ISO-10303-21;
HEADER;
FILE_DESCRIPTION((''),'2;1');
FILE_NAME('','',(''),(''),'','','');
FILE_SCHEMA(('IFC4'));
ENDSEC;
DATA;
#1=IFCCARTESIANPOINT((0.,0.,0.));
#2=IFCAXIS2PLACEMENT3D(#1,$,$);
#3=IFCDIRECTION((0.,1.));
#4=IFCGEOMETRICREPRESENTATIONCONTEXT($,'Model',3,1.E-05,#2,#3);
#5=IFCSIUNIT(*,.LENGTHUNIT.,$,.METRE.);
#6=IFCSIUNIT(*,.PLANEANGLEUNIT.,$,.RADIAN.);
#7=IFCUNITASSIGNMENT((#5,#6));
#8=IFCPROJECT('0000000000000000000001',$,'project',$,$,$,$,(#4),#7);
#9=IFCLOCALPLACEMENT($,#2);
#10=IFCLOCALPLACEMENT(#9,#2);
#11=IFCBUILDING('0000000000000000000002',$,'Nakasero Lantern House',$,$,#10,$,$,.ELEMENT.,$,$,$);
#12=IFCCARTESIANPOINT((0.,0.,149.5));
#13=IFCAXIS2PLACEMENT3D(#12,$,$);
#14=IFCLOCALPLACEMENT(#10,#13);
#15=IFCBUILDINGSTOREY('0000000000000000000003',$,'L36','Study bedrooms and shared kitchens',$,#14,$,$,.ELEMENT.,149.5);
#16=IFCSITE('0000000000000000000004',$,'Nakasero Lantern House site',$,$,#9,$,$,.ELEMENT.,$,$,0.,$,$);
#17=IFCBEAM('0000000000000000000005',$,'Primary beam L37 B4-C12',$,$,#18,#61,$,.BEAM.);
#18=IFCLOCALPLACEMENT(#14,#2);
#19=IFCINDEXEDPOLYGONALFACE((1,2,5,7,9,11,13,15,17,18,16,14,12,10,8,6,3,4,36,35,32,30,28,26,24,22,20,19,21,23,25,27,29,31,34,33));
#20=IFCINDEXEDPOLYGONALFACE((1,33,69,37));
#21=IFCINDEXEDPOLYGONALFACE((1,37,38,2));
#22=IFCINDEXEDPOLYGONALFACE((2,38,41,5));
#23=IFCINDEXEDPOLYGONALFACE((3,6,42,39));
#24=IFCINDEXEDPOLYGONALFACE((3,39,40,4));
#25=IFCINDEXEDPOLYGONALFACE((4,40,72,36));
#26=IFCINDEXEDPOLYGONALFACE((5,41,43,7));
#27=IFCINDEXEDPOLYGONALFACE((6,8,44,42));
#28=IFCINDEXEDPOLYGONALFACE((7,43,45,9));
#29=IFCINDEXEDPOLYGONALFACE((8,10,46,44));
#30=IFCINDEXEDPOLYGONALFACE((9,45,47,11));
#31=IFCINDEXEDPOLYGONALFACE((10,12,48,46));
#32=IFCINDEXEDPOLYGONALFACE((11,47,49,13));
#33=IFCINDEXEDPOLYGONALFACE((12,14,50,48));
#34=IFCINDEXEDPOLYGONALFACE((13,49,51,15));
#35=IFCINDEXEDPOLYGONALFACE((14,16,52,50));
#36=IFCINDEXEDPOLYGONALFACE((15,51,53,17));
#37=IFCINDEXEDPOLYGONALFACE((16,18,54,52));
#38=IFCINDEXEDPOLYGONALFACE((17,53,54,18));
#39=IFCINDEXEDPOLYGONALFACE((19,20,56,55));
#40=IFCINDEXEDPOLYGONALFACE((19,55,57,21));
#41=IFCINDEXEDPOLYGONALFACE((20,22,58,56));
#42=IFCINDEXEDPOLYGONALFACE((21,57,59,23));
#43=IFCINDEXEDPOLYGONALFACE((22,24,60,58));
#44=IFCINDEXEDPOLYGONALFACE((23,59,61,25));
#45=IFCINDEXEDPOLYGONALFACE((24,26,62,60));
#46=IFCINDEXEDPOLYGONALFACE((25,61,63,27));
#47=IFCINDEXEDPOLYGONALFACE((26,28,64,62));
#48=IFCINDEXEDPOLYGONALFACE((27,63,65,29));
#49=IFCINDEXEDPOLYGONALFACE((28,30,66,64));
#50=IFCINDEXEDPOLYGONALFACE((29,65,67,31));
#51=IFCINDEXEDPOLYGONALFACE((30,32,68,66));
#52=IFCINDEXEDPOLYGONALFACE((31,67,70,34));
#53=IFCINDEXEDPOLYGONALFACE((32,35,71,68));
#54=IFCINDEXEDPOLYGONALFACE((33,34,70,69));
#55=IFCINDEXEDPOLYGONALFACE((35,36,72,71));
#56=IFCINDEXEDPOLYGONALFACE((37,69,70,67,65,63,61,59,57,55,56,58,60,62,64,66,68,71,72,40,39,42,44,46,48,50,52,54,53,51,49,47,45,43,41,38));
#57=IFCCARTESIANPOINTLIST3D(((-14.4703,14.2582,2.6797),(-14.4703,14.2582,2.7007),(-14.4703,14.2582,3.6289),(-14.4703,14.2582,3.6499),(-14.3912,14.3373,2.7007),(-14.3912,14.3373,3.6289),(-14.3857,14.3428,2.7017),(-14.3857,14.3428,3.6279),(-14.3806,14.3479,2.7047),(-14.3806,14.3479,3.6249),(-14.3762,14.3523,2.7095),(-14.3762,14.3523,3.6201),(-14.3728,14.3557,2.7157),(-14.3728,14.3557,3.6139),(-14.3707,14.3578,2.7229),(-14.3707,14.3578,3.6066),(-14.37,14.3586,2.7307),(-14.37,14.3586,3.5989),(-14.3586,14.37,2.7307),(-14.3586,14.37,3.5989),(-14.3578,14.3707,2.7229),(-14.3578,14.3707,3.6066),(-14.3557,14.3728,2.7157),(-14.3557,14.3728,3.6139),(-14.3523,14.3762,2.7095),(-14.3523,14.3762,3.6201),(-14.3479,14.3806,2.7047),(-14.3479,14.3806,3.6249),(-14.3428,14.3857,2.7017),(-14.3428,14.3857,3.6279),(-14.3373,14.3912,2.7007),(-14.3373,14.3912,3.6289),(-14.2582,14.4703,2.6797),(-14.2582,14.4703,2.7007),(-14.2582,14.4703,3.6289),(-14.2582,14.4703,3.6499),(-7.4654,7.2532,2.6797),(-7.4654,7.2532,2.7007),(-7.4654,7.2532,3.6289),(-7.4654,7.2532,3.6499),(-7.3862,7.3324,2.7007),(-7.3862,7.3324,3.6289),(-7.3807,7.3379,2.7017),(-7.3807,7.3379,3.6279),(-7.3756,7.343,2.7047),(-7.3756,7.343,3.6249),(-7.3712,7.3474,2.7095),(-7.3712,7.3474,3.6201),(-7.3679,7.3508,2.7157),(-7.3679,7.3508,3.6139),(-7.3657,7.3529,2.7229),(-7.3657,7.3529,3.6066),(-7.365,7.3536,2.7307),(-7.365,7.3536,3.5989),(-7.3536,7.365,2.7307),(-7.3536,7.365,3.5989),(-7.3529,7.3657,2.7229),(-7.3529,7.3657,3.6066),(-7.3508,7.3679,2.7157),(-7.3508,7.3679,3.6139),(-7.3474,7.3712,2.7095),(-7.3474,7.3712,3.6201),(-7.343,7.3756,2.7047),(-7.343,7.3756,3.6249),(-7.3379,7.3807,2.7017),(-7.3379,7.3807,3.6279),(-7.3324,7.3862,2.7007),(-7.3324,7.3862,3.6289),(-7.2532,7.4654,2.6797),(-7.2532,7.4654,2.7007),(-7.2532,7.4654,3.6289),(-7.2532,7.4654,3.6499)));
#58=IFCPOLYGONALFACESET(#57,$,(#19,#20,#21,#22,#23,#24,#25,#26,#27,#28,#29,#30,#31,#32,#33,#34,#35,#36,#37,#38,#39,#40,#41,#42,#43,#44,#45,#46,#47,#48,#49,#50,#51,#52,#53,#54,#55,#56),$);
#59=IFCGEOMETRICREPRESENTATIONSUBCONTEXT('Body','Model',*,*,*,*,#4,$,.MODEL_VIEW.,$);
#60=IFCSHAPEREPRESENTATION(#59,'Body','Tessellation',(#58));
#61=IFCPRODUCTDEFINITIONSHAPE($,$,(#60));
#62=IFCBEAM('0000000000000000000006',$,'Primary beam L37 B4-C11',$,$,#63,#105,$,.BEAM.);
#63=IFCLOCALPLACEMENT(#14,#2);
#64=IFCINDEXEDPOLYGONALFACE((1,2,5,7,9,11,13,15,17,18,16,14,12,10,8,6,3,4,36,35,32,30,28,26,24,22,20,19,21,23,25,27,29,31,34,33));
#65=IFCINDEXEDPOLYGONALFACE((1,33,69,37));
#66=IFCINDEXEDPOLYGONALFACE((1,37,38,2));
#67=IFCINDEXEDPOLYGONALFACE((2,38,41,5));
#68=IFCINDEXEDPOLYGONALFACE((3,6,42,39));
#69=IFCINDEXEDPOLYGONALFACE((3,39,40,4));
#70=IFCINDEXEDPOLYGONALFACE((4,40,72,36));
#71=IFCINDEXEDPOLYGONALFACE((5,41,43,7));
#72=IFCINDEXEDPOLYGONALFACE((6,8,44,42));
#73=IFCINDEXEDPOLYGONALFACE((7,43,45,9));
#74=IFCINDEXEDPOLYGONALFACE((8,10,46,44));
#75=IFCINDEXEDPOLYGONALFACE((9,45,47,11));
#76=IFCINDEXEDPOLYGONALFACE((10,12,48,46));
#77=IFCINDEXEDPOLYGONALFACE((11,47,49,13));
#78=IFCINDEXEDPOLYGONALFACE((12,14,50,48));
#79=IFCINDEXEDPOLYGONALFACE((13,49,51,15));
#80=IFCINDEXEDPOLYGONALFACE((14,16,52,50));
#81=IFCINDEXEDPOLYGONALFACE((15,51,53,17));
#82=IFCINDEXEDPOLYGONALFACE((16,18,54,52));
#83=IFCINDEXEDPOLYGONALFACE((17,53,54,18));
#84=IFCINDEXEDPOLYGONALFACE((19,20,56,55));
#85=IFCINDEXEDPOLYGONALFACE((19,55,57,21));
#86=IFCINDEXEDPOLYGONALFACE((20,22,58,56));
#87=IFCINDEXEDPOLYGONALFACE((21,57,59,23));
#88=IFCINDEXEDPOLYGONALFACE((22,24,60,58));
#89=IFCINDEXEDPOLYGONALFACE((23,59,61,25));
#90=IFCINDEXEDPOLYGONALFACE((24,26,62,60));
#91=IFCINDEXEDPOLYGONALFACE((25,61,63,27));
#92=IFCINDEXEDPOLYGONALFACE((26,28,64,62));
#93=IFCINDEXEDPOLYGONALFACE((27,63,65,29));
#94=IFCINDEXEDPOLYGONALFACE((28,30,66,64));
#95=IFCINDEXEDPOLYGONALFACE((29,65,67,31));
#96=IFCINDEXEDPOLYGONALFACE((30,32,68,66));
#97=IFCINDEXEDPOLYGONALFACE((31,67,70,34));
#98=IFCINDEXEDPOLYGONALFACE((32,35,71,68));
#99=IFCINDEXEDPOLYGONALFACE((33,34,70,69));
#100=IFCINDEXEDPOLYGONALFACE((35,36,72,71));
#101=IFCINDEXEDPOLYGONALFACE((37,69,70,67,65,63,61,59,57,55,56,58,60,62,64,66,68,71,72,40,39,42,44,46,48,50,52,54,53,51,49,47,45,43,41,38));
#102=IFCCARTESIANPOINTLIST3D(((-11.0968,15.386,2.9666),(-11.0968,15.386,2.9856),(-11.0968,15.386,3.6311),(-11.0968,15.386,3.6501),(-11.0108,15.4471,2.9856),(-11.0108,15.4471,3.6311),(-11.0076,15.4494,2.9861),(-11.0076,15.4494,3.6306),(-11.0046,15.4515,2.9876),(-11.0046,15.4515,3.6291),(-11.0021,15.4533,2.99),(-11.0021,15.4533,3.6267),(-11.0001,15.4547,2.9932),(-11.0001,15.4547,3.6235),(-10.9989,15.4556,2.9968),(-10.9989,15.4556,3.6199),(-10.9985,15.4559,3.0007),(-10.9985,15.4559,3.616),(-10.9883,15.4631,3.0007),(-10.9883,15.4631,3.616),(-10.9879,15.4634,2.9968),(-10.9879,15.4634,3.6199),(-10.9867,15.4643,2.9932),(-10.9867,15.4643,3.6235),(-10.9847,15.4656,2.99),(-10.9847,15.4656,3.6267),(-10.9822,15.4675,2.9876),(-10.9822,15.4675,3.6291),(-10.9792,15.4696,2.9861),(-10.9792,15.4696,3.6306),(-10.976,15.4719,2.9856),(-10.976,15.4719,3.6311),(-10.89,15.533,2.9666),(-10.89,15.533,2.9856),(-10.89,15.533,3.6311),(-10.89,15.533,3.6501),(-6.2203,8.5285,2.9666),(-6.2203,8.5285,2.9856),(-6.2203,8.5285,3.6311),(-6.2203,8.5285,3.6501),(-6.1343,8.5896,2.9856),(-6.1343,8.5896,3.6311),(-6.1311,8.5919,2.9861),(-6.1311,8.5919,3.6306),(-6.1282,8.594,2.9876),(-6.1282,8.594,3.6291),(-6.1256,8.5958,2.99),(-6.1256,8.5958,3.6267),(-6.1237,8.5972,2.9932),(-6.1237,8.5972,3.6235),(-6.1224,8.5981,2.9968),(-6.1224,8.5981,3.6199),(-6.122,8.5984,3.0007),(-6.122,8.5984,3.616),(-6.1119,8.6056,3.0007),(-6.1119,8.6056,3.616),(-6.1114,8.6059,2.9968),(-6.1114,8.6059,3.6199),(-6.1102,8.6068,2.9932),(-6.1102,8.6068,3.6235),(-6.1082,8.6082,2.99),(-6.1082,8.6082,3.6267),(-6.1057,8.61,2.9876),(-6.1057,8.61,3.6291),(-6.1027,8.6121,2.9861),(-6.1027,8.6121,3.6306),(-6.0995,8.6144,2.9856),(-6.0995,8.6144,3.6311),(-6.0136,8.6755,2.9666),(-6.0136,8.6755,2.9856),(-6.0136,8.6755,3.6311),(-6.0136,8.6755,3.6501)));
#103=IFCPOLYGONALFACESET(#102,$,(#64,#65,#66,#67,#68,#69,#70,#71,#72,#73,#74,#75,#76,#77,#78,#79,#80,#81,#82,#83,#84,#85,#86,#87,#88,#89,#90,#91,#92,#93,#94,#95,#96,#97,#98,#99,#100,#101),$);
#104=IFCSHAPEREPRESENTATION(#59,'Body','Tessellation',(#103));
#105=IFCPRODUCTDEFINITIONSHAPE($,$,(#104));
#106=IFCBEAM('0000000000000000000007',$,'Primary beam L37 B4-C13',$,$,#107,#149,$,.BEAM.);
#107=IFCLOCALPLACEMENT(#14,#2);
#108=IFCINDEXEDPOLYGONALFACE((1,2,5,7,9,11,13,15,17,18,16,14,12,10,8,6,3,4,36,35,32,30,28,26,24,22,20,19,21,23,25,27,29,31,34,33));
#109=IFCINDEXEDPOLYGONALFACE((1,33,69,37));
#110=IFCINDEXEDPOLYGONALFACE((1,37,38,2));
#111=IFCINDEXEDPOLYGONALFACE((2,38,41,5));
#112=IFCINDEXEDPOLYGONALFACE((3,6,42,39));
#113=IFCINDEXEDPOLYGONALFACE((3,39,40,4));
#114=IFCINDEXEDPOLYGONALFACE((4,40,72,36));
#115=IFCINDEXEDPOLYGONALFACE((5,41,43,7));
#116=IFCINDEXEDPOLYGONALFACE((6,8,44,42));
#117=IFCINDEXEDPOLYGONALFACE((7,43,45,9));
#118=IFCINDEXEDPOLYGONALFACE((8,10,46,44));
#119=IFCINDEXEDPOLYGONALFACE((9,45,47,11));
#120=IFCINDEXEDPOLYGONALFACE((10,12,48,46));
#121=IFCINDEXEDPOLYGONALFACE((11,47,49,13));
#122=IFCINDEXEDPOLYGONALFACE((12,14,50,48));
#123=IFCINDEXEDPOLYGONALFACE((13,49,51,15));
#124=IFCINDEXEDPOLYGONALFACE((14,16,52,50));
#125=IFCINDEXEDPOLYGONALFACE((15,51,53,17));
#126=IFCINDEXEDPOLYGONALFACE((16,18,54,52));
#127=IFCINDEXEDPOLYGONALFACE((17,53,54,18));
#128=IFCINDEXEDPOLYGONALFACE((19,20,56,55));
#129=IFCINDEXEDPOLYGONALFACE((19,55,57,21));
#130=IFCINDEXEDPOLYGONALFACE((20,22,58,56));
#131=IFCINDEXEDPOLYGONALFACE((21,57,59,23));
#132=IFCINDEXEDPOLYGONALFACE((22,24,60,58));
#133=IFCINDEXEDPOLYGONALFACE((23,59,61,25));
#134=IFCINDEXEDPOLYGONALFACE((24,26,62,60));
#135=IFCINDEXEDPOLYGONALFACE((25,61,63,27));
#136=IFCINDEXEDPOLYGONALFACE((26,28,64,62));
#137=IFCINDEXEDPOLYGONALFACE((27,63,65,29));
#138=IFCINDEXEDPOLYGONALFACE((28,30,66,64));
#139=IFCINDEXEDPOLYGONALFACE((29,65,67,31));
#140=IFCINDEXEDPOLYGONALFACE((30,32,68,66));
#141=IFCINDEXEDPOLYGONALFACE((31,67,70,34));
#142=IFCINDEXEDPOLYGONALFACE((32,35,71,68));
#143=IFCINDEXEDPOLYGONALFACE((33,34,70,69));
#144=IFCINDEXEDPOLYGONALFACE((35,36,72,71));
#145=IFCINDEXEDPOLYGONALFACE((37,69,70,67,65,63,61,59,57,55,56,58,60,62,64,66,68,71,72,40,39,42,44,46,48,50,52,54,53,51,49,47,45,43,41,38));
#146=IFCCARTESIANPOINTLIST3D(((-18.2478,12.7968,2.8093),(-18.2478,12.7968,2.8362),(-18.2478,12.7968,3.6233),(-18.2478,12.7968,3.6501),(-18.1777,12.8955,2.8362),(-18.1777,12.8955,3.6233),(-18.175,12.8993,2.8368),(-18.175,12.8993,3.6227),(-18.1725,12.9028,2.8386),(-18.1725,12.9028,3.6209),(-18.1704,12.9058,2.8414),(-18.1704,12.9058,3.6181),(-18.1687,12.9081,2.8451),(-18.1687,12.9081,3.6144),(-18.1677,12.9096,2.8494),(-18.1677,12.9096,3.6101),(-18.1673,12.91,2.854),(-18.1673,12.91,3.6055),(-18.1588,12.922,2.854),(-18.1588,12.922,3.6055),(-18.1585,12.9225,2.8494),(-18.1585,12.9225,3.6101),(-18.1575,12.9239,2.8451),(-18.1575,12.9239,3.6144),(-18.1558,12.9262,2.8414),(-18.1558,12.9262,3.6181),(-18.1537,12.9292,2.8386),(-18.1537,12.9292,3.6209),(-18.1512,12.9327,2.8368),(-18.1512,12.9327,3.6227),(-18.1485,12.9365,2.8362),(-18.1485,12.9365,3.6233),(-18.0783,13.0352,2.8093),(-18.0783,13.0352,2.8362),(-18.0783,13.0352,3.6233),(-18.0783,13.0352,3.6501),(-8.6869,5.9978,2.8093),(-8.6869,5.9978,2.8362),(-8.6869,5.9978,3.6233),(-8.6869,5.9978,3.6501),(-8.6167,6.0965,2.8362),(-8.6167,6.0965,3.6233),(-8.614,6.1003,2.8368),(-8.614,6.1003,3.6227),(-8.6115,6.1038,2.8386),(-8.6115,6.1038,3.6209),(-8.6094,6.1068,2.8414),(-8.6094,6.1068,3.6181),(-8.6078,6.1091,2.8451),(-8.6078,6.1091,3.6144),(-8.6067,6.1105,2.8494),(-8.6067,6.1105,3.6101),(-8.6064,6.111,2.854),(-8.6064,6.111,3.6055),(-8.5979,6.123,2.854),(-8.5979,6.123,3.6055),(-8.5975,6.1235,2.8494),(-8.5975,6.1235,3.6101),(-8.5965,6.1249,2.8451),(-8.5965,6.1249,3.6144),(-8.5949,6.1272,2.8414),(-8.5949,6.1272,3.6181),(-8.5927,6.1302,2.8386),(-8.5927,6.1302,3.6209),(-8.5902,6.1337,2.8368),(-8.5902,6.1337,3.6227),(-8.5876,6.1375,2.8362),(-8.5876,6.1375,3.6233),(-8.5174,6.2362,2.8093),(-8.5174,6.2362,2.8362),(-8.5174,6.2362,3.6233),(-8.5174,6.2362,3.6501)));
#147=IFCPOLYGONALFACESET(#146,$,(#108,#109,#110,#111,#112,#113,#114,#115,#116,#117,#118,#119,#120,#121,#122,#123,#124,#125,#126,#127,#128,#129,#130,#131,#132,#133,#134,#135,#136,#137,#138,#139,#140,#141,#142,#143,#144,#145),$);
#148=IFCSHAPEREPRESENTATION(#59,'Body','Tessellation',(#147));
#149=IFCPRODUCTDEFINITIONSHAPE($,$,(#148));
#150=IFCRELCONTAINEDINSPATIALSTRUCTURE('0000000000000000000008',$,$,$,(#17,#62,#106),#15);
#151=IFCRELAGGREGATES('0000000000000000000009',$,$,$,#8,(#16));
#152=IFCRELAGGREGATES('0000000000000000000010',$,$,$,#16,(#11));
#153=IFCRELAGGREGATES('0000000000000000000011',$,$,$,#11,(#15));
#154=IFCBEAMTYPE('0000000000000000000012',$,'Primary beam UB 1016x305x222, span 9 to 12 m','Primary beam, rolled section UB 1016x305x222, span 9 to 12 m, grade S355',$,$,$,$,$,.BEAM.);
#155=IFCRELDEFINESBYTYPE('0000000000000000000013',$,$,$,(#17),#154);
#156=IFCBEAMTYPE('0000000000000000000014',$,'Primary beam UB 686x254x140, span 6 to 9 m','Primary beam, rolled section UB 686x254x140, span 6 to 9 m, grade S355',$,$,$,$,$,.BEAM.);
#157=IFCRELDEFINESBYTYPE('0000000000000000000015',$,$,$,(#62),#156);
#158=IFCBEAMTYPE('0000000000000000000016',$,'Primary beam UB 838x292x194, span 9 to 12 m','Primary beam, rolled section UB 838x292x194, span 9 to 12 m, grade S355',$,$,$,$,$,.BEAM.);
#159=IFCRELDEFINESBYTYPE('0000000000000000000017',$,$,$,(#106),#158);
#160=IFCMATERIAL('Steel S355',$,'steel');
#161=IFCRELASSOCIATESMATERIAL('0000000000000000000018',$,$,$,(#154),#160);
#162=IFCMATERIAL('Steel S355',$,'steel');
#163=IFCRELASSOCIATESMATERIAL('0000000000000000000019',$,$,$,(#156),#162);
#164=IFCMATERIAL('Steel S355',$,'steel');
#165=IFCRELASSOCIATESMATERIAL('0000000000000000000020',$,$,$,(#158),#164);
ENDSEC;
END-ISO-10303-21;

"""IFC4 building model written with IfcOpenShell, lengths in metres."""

from ifc_helpers import new_model, si_unit, direction, frame, origin, origin_2d, place, context, subcontext, project, spatial, i_section, extrude, material, material_profile, profile_set, type_object, element, save


model = new_model("IFC4")

# Units and contexts
model_context = context("Model", 3, precision=1e-05, world=origin(), true_north=direction((0.0, 1.0)))
body_context = subcontext(model_context, "Body", "Model", "MODEL_VIEW")
ifc_project = project(units=[si_unit("LENGTHUNIT", "METRE"), si_unit("PLANEANGLEUNIT", "RADIAN")], contexts=[model_context])

# Site, building, storey
site_placement = place(None, origin())
site = spatial("IfcSite", under=ifc_project, at=site_placement, Name="Nakasero Lantern House site", CompositionType="ELEMENT", RefElevation=0.0)
building_placement = place(site_placement, origin())
building = spatial("IfcBuilding", under=site, at=building_placement, Name="Nakasero Lantern House", CompositionType="ELEMENT")
storey_placement = place(building_placement, frame((0.0, 0.0, 149.5)))
storey = spatial("IfcBuildingStorey", under=building, at=storey_placement, Name="L36", Description="Study bedrooms and shared kitchens", CompositionType="ELEMENT", Elevation=149.5)

# Beams
ifc_material_1 = material(Name="Steel S355", Category="steel")
ifc_material_profile_1 = material_profile(ifc_material_1, i_section(OverallWidth=0.3, OverallDepth=0.9702, WebThickness=0.0161, FlangeThickness=0.021, FilletRadius=0.03, at=origin_2d()), Name="UB 1016x305x222")
ifc_profile_set_1 = profile_set([ifc_material_profile_1], Name="Steel S355")
beam_type_1 = type_object("IfcBeamType", Name="Primary beam UB 1016x305x222, span 9 to 12 m", Description="Primary beam, rolled section UB 1016x305x222, span 9 to 12 m, grade S355", PredefinedType="BEAM", material=ifc_profile_set_1)
beam_1_placement = place(storey_placement, frame((-14.3643, 14.3643, 3.1648), z_axis=(0.707107, -0.707107, 0.0), x_axis=(0.707107, 0.707107, 0.0)))
element("IfcBeam", 1, at=beam_1_placement, inside=storey, type_object=beam_type_1, Name="Primary beam L37 B4-C12", PredefinedType="BEAM", context=body_context, shape_type="SweptSolid", body=[
    extrude(i_section(OverallWidth=0.3, OverallDepth=0.9702, WebThickness=0.0161, FlangeThickness=0.021, FilletRadius=0.03, at=origin_2d()), origin(), (0.0, 0.0, 1.0), 9.9065),
])
ifc_material_2 = material(Name="Steel S355", Category="steel")
ifc_material_profile_2 = material_profile(ifc_material_2, i_section(OverallWidth=0.2537, OverallDepth=0.6836, WebThickness=0.0125, FlangeThickness=0.019, FilletRadius=0.0151, at=origin_2d()), Name="UB 686x254x140")
ifc_profile_set_2 = profile_set([ifc_material_profile_2], Name="Steel S355")
beam_type_2 = type_object("IfcBeamType", Name="Primary beam UB 686x254x140, span 6 to 9 m", Description="Primary beam, rolled section UB 686x254x140, span 6 to 9 m, grade S355", PredefinedType="BEAM", material=ifc_profile_set_2)
beam_2_placement = place(storey_placement, frame((-10.9934, 15.4595, 3.3083), z_axis=(0.57953, -0.814951, 0.0), x_axis=(0.814951, 0.57953, 0.0)))
element("IfcBeam", 2, at=beam_2_placement, inside=storey, type_object=beam_type_2, Name="Primary beam L37 B4-C11", PredefinedType="BEAM", context=body_context, shape_type="SweptSolid", body=[
    extrude(i_section(OverallWidth=0.2537, OverallDepth=0.6836, WebThickness=0.0125, FlangeThickness=0.019, FilletRadius=0.0151, at=origin_2d()), origin(), (0.0, 0.0, 1.0), 8.4146),
])
ifc_material_3 = material(Name="Steel S355", Category="steel")
ifc_material_profile_3 = material_profile(ifc_material_3, i_section(OverallWidth=0.2925, OverallDepth=0.8408, WebThickness=0.0146, FlangeThickness=0.0269, FilletRadius=0.0178, at=origin_2d()), Name="UB 838x292x194")
ifc_profile_set_3 = profile_set([ifc_material_profile_3], Name="Steel S355")
beam_type_3 = type_object("IfcBeamType", Name="Primary beam UB 838x292x194, span 9 to 12 m", Description="Primary beam, rolled section UB 838x292x194, span 9 to 12 m, grade S355", PredefinedType="BEAM", material=ifc_profile_set_3)
beam_3_placement = place(storey_placement, frame((-18.1631, 12.916, 3.2297), z_axis=(0.814951, -0.57953, 0.0), x_axis=(0.57953, 0.814951, 0.0)))
element("IfcBeam", 3, at=beam_3_placement, inside=storey, type_object=beam_type_3, Name="Primary beam L37 B4-C13", PredefinedType="BEAM", context=body_context, shape_type="SweptSolid", body=[
    extrude(i_section(OverallWidth=0.2925, OverallDepth=0.8408, WebThickness=0.0146, FlangeThickness=0.0269, FilletRadius=0.0178, at=origin_2d()), origin(), (0.0, 0.0, 1.0), 11.7319),
])

save(model, "model.ifc")
